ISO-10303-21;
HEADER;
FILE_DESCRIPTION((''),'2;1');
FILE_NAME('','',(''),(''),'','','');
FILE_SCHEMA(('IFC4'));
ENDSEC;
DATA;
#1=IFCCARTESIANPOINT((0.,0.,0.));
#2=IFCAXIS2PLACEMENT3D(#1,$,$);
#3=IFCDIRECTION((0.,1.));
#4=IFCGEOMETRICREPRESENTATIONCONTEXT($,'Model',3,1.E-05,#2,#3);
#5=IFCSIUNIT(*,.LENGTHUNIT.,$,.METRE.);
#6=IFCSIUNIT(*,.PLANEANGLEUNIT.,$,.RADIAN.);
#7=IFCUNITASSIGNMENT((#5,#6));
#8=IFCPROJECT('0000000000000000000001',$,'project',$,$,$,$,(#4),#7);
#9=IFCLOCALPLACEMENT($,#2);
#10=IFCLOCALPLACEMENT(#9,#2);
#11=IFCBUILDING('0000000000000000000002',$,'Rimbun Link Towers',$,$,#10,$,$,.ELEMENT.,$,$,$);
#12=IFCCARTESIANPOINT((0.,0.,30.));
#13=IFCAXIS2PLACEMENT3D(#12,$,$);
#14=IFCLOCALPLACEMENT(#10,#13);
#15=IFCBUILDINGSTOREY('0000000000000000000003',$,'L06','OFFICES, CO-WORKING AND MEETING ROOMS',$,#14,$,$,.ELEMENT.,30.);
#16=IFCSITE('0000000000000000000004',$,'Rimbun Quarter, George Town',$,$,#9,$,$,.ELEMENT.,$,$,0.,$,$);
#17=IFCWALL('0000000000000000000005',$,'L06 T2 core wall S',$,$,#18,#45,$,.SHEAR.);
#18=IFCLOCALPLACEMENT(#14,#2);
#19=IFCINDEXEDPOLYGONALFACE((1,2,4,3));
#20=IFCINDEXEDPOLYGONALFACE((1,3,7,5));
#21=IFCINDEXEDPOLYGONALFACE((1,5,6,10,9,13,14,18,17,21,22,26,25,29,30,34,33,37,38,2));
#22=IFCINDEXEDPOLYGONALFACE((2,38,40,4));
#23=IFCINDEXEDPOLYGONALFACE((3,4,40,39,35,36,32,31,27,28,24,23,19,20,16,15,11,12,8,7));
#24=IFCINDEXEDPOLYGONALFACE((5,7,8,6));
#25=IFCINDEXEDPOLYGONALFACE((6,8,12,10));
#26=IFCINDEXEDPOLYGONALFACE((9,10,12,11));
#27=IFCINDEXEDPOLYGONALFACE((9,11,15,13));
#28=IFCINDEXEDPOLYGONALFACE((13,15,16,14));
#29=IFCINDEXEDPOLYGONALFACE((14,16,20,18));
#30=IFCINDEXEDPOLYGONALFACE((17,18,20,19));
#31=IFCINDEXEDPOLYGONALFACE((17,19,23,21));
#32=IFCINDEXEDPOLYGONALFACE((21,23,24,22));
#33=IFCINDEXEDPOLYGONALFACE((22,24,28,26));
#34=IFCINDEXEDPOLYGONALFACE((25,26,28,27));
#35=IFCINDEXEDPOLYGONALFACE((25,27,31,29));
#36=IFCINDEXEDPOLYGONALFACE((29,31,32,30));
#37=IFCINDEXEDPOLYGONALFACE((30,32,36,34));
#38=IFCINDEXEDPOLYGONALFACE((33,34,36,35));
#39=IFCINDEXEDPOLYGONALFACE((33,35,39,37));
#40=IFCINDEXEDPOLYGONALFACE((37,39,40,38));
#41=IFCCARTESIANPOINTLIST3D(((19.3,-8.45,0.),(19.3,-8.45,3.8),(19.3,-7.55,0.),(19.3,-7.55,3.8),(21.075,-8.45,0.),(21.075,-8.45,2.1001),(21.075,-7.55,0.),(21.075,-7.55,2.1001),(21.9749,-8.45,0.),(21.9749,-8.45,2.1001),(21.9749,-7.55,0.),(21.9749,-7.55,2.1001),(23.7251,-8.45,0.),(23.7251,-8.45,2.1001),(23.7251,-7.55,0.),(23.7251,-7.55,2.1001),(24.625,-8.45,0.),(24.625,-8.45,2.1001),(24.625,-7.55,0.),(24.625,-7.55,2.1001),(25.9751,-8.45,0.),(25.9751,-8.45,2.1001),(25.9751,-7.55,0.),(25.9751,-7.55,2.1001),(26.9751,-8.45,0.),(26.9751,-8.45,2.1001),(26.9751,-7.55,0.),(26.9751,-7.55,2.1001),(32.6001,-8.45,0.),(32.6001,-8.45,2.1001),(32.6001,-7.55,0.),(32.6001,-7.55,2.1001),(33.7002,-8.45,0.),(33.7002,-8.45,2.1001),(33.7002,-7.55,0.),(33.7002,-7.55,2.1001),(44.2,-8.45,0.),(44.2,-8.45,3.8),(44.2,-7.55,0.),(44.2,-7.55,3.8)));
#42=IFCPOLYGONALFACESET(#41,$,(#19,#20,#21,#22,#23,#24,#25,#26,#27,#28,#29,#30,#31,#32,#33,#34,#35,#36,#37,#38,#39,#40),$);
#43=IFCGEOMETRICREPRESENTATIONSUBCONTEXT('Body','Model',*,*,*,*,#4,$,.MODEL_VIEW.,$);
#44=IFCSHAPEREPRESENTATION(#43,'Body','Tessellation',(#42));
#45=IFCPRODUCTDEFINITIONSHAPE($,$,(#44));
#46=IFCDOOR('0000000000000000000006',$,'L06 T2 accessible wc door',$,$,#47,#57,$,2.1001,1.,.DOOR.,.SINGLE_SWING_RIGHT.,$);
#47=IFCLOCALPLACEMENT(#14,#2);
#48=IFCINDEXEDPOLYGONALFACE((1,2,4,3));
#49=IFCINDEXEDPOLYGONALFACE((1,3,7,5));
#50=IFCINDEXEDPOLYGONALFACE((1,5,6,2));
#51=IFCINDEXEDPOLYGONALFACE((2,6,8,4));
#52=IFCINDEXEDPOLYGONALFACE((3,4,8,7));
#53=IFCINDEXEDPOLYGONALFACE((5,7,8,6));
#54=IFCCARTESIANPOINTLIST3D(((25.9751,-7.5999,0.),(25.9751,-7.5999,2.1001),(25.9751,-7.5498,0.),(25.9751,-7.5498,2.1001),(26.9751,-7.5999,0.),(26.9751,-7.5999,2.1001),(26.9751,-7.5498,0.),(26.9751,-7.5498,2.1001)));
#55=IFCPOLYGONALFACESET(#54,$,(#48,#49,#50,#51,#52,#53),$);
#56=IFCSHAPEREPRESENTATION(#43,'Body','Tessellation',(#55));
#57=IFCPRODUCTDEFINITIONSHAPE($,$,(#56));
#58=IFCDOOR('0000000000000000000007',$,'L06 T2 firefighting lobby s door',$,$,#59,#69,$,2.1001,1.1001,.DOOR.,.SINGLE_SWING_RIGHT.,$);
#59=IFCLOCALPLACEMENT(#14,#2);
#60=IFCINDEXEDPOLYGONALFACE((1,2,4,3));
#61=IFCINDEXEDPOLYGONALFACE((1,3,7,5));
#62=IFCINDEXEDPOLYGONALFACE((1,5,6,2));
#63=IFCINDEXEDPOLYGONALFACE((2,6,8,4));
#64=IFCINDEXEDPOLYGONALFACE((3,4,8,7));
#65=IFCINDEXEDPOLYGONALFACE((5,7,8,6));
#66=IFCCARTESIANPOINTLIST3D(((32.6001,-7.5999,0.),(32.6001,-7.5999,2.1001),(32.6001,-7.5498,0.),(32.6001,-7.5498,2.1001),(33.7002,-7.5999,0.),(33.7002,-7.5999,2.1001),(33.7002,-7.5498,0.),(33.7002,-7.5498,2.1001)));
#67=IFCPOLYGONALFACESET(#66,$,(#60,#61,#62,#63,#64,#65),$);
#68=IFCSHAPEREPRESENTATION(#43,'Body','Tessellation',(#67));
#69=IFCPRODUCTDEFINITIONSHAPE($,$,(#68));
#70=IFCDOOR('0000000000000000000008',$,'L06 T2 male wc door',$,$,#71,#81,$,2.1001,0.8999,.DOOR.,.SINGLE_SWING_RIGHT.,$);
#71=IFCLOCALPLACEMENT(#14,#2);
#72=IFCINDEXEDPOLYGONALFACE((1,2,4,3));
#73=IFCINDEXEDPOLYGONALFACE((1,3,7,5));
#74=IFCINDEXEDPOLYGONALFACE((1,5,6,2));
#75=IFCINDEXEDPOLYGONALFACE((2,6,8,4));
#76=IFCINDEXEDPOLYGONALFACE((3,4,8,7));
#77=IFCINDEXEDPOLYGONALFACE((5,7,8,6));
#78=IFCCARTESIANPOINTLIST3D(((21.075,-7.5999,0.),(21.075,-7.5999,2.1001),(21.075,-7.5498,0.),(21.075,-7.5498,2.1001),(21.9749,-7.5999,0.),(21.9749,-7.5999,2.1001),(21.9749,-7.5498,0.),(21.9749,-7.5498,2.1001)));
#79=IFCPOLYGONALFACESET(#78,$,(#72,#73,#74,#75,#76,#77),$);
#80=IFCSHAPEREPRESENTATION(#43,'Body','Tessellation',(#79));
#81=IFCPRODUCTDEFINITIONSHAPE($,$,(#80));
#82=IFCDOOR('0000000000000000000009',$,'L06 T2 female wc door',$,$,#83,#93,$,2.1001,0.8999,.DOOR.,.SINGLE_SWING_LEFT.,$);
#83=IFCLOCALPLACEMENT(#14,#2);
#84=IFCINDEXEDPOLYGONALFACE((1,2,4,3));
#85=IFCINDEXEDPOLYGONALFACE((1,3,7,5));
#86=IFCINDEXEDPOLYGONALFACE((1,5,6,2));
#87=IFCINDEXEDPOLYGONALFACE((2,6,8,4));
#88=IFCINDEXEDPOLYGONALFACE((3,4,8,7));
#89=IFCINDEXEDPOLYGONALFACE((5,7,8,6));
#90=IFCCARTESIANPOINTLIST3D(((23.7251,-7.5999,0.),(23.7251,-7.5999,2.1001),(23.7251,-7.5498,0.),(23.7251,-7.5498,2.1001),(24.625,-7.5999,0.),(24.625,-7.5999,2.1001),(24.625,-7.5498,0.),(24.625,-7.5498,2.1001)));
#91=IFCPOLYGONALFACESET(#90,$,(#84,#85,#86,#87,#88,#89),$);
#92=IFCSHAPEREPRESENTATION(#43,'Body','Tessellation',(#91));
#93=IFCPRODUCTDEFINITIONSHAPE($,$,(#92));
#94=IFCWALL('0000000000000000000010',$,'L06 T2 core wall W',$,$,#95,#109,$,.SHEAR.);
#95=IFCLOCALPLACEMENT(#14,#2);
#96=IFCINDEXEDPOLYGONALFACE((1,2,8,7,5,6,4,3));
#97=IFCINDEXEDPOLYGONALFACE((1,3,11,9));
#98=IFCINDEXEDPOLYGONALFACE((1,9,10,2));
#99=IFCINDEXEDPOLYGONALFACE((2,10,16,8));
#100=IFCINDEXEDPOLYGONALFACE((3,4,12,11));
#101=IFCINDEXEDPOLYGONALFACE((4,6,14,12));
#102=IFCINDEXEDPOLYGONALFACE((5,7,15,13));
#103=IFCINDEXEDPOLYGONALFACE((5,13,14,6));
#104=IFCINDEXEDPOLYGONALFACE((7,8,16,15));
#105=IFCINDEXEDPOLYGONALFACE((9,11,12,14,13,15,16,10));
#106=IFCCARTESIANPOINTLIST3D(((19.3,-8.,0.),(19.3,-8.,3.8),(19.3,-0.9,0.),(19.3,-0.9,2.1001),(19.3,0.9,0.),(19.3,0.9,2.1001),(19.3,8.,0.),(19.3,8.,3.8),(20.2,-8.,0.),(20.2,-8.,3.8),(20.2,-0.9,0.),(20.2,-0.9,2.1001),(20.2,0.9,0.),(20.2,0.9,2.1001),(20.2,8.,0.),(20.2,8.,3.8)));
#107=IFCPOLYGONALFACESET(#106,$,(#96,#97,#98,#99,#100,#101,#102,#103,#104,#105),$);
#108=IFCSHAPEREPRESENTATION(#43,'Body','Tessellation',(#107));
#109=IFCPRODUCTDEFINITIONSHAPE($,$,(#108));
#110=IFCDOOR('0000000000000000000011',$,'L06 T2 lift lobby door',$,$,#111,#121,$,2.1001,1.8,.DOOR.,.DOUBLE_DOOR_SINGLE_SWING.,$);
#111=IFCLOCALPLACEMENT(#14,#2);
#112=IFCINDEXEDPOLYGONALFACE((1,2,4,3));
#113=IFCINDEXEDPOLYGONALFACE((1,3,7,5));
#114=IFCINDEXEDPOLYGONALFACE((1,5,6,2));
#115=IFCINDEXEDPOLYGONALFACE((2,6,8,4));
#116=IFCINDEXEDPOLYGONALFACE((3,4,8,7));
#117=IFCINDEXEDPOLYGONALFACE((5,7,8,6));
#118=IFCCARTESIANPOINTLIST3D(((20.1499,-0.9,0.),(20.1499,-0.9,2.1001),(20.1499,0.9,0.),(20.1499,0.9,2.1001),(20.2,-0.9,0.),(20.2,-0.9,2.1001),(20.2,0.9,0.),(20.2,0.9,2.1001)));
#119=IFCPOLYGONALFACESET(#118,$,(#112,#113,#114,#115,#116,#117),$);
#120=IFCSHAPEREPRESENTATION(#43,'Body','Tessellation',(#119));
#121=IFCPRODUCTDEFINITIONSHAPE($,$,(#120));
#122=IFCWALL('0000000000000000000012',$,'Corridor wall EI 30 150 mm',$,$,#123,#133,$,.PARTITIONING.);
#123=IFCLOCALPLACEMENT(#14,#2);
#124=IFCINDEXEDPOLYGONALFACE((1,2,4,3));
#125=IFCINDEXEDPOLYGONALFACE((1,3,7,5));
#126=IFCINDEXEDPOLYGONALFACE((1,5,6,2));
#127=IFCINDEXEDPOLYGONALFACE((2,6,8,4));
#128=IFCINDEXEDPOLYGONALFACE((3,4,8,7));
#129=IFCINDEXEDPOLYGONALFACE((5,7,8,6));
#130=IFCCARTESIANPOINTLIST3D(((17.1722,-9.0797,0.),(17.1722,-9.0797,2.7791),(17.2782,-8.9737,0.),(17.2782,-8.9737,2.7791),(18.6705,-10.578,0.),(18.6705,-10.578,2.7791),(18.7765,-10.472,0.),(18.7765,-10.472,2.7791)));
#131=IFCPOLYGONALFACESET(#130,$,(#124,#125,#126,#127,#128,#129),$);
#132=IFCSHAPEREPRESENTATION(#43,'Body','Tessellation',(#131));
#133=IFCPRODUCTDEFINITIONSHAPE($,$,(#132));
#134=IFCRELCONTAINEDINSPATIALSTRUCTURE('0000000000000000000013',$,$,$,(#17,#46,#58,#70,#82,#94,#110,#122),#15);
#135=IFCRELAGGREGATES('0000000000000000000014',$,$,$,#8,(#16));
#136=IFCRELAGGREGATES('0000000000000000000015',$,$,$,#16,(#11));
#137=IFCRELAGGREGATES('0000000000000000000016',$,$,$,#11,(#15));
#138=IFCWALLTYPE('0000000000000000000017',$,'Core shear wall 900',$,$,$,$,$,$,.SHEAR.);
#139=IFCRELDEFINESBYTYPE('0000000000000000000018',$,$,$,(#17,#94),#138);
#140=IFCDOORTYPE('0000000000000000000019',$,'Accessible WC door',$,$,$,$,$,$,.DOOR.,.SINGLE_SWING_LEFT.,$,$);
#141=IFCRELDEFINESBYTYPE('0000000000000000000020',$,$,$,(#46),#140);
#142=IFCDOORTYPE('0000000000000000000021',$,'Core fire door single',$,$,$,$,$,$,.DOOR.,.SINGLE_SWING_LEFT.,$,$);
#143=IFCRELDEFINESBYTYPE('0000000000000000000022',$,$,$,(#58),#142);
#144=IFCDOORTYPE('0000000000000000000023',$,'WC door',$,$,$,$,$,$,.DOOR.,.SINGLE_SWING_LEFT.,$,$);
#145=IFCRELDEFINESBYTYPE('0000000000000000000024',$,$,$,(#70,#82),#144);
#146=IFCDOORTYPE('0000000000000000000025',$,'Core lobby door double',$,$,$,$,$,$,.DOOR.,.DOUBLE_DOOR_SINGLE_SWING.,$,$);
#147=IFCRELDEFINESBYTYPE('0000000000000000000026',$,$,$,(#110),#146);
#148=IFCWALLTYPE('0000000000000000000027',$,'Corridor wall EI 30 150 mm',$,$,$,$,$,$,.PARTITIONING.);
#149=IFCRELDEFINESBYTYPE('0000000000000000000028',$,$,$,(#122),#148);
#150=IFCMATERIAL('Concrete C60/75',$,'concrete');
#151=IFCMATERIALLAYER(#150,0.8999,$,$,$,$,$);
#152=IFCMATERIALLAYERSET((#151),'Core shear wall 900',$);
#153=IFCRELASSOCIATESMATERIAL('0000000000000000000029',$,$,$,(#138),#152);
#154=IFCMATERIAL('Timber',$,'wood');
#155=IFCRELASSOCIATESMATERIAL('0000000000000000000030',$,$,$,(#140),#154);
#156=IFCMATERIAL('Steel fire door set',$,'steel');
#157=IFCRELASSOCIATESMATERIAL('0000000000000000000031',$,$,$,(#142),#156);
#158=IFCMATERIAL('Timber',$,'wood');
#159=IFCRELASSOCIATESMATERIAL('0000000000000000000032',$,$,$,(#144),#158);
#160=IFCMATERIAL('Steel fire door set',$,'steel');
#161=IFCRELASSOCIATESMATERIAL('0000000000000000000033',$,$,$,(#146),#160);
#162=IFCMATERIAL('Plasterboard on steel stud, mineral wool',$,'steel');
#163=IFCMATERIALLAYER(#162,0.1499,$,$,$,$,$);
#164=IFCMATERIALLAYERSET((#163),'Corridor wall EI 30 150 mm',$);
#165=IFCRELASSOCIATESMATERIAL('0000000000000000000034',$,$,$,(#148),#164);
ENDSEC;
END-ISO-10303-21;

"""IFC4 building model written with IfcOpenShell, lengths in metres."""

from ifc_helpers import new_model, si_unit, direction, frame, frame_2d, origin, place, context, subcontext, project, spatial, rectangle, extrude, material, layer, layer_set, type_object, element, fill, save


model = new_model("IFC4")

# Units and contexts
model_context = context("Model", 3, precision=1e-05, world=origin(), true_north=direction((0.0, 1.0)))
body_context = subcontext(model_context, "Body", "Model", "MODEL_VIEW")
ifc_project = project(units=[si_unit("LENGTHUNIT", "METRE"), si_unit("PLANEANGLEUNIT", "RADIAN")], contexts=[model_context])

# Site, building, storey
site_placement = place(None, origin())
site = spatial("IfcSite", under=ifc_project, at=site_placement, Name="Rimbun Quarter, George Town", CompositionType="ELEMENT", RefElevation=0.0)
building_placement = place(site_placement, origin())
building = spatial("IfcBuilding", under=site, at=building_placement, Name="Rimbun Link Towers", CompositionType="ELEMENT")
storey_placement = place(building_placement, frame((0.0, 0.0, 30.0)))
storey = spatial("IfcBuildingStorey", under=building, at=storey_placement, Name="L06", Description="OFFICES, CO-WORKING AND MEETING ROOMS", CompositionType="ELEMENT", Elevation=30.0)

# Wall, openings, doors
ifc_material_1 = material(Name="Concrete C60/75", Category="concrete")
ifc_layer_1 = layer(ifc_material_1, 0.8999)
ifc_layer_set_1 = layer_set([ifc_layer_1], Name="Core shear wall 900")
wall_type_1 = type_object("IfcWallType", Name="Core shear wall 900", PredefinedType="SHEAR", material=ifc_layer_set_1)
wall_1_placement = place(storey_placement, frame((19.3, -8.0, 0.0), z_axis=(0.0, 0.0, 1.0), x_axis=(1.0, 0.0, 0.0)))
wall_1 = element("IfcWall", 1, at=wall_1_placement, inside=storey, type_object=wall_type_1, Name="L06 T2 core wall S", PredefinedType="SHEAR", context=body_context, shape_type="SweptSolid", body=[
    extrude(rectangle(XDim=24.8999, YDim=0.8999, at=frame_2d((12.45, 0.0))), origin(), (0.0, 0.0, 1.0), 3.8),
])
opening_1_placement = place(wall_1_placement, frame((13.3, 0.0, 0.0)))
opening_1 = element("IfcOpeningElement", 2, at=opening_1_placement, cuts=wall_1, PredefinedType="OPENING", context=body_context, shape_type="SweptSolid", body=[
    extrude(rectangle(XDim=1.1001, YDim=2.1001, at=frame_2d((0.55, 1.05))), frame((0.0, 0.46, 0.0), z_axis=(0.0, -1.0, 0.0), x_axis=(1.0, 0.0, 0.0)), (0.0, 0.0, 1.0), 0.9199),
])
opening_2_placement = place(wall_1_placement, frame((1.7749, 0.0, 0.0)))
opening_2 = element("IfcOpeningElement", 3, at=opening_2_placement, cuts=wall_1, PredefinedType="OPENING", context=body_context, shape_type="SweptSolid", body=[
    extrude(rectangle(XDim=0.8999, YDim=2.1001, at=frame_2d((0.45, 1.05))), frame((0.0, 0.46, 0.0), z_axis=(0.0, -1.0, 0.0), x_axis=(1.0, 0.0, 0.0)), (0.0, 0.0, 1.0), 0.9199),
])
opening_3_placement = place(wall_1_placement, frame((4.425, 0.0, 0.0)))
opening_3 = element("IfcOpeningElement", 4, at=opening_3_placement, cuts=wall_1, PredefinedType="OPENING", context=body_context, shape_type="SweptSolid", body=[
    extrude(rectangle(XDim=0.8999, YDim=2.1001, at=frame_2d((0.45, 1.05))), frame((0.0, 0.46, 0.0), z_axis=(0.0, -1.0, 0.0), x_axis=(1.0, 0.0, 0.0)), (0.0, 0.0, 1.0), 0.9199),
])
opening_4_placement = place(wall_1_placement, frame((6.675, 0.0, 0.0)))
opening_4 = element("IfcOpeningElement", 5, at=opening_4_placement, cuts=wall_1, PredefinedType="OPENING", context=body_context, shape_type="SweptSolid", body=[
    extrude(rectangle(XDim=1.0, YDim=2.1001, at=frame_2d((0.5, 1.05))), frame((0.0, 0.46, 0.0), z_axis=(0.0, -1.0, 0.0), x_axis=(1.0, 0.0, 0.0)), (0.0, 0.0, 1.0), 0.9199),
])
ifc_material_2 = material(Name="Timber", Category="wood")
door_type_1 = type_object("IfcDoorType", Name="Accessible WC door", OperationType="SINGLE_SWING_LEFT", PredefinedType="DOOR", material=ifc_material_2)
door_1_placement = place(opening_4_placement, origin())
door_1 = element("IfcDoor", 6, at=door_1_placement, inside=storey, type_object=door_type_1, Name="L06 T2 accessible wc door", OperationType="SINGLE_SWING_RIGHT", OverallHeight=2.1001, OverallWidth=1.0, PredefinedType="DOOR", context=body_context, shape_type="SweptSolid", body=[
    extrude(rectangle(XDim=1.0, YDim=2.1001, at=frame_2d((0.5, 1.05))), frame((0.0, 0.4502, 0.0), z_axis=(0.0, -1.0, 0.0), x_axis=(1.0, 0.0, 0.0)), (0.0, 0.0, 1.0), 0.05),
])
fill(opening_4, door_1)
ifc_material_3 = material(Name="Steel fire door set", Category="steel")
door_type_2 = type_object("IfcDoorType", Name="Core fire door single", OperationType="SINGLE_SWING_LEFT", PredefinedType="DOOR", material=ifc_material_3)
door_2_placement = place(opening_1_placement, origin())
door_2 = element("IfcDoor", 7, at=door_2_placement, inside=storey, type_object=door_type_2, Name="L06 T2 firefighting lobby s door", OperationType="SINGLE_SWING_RIGHT", OverallHeight=2.1001, OverallWidth=1.1001, PredefinedType="DOOR", context=body_context, shape_type="SweptSolid", body=[
    extrude(rectangle(XDim=1.1001, YDim=2.1001, at=frame_2d((0.55, 1.05))), frame((0.0, 0.4502, 0.0), z_axis=(0.0, -1.0, 0.0), x_axis=(1.0, 0.0, 0.0)), (0.0, 0.0, 1.0), 0.05),
])
fill(opening_1, door_2)
ifc_material_4 = material(Name="Timber", Category="wood")
door_type_3 = type_object("IfcDoorType", Name="WC door", OperationType="SINGLE_SWING_LEFT", PredefinedType="DOOR", material=ifc_material_4)
door_3_placement = place(opening_2_placement, origin())
door_3 = element("IfcDoor", 8, at=door_3_placement, inside=storey, type_object=door_type_3, Name="L06 T2 male wc door", OperationType="SINGLE_SWING_RIGHT", OverallHeight=2.1001, OverallWidth=0.8999, PredefinedType="DOOR", context=body_context, shape_type="SweptSolid", body=[
    extrude(rectangle(XDim=0.8999, YDim=2.1001, at=frame_2d((0.45, 1.05))), frame((0.0, 0.4502, 0.0), z_axis=(0.0, -1.0, 0.0), x_axis=(1.0, 0.0, 0.0)), (0.0, 0.0, 1.0), 0.05),
])
fill(opening_2, door_3)
door_4_placement = place(opening_3_placement, origin())
door_4 = element("IfcDoor", 9, at=door_4_placement, inside=storey, type_object=door_type_3, Name="L06 T2 female wc door", OperationType="SINGLE_SWING_LEFT", OverallHeight=2.1001, OverallWidth=0.8999, PredefinedType="DOOR", context=body_context, shape_type="SweptSolid", body=[
    extrude(rectangle(XDim=0.8999, YDim=2.1001, at=frame_2d((0.45, 1.05))), frame((0.0, 0.4502, 0.0), z_axis=(0.0, -1.0, 0.0), x_axis=(1.0, 0.0, 0.0)), (0.0, 0.0, 1.0), 0.05),
])
fill(opening_3, door_4)

# Wall, opening, door
wall_2_placement = place(storey_placement, frame((19.75, -8.0, 0.0), z_axis=(0.0, 0.0, 1.0), x_axis=(0.0, 1.0, 0.0)))
wall_2 = element("IfcWall", 10, at=wall_2_placement, inside=storey, type_object=wall_type_1, Name="L06 T2 core wall W", PredefinedType="SHEAR", context=body_context, shape_type="SweptSolid", body=[
    extrude(rectangle(XDim=16.0, YDim=0.8999, at=frame_2d((8.0, 0.0))), origin(), (0.0, 0.0, 1.0), 3.8),
])
opening_5_placement = place(wall_2_placement, frame((7.1001, 0.0, 0.0)))
opening_5 = element("IfcOpeningElement", 11, at=opening_5_placement, cuts=wall_2, PredefinedType="OPENING", context=body_context, shape_type="SweptSolid", body=[
    extrude(rectangle(XDim=1.8, YDim=2.1001, at=frame_2d((0.8999, 1.05))), frame((0.0, 0.46, 0.0), z_axis=(0.0, -1.0, 0.0), x_axis=(1.0, 0.0, 0.0)), (0.0, 0.0, 1.0), 0.9199),
])
ifc_material_5 = material(Name="Steel fire door set", Category="steel")
door_type_4 = type_object("IfcDoorType", Name="Core lobby door double", OperationType="DOUBLE_DOOR_SINGLE_SWING", PredefinedType="DOOR", material=ifc_material_5)
door_5_placement = place(opening_5_placement, origin())
door_5 = element("IfcDoor", 12, at=door_5_placement, inside=storey, type_object=door_type_4, Name="L06 T2 lift lobby door", OperationType="DOUBLE_DOOR_SINGLE_SWING", OverallHeight=2.1001, OverallWidth=1.8, PredefinedType="DOOR", context=body_context, shape_type="SweptSolid", body=[
    extrude(rectangle(XDim=1.8, YDim=2.1001, at=frame_2d((0.8999, 1.05))), frame((0.0, -0.3999, 0.0), z_axis=(0.0, -1.0, 0.0), x_axis=(1.0, 0.0, 0.0)), (0.0, 0.0, 1.0), 0.05),
])
fill(opening_5, door_5)

# Wall
ifc_material_6 = material(Name="Plasterboard on steel stud, mineral wool", Category="steel")
ifc_layer_2 = layer(ifc_material_6, 0.1499)
ifc_layer_set_2 = layer_set([ifc_layer_2], Name="Corridor wall EI 30 150 mm")
wall_type_2 = type_object("IfcWallType", Name="Corridor wall EI 30 150 mm", PredefinedType="PARTITIONING", material=ifc_layer_set_2)
wall_3_placement = place(storey_placement, frame((17.2251, -9.0266, 0.0), z_axis=(0.0, 0.0, 1.0), x_axis=(0.707107, -0.707107, 0.0)))
element("IfcWall", 13, at=wall_3_placement, inside=storey, type_object=wall_type_2, Name="Corridor wall EI 30 150 mm", PredefinedType="PARTITIONING", context=body_context, shape_type="SweptSolid", body=[
    extrude(rectangle(XDim=2.1189, YDim=0.1499, at=frame_2d((1.0596, 0.0))), origin(), (0.0, 0.0, 1.0), 2.7791),
])

save(model, "model.ifc")
